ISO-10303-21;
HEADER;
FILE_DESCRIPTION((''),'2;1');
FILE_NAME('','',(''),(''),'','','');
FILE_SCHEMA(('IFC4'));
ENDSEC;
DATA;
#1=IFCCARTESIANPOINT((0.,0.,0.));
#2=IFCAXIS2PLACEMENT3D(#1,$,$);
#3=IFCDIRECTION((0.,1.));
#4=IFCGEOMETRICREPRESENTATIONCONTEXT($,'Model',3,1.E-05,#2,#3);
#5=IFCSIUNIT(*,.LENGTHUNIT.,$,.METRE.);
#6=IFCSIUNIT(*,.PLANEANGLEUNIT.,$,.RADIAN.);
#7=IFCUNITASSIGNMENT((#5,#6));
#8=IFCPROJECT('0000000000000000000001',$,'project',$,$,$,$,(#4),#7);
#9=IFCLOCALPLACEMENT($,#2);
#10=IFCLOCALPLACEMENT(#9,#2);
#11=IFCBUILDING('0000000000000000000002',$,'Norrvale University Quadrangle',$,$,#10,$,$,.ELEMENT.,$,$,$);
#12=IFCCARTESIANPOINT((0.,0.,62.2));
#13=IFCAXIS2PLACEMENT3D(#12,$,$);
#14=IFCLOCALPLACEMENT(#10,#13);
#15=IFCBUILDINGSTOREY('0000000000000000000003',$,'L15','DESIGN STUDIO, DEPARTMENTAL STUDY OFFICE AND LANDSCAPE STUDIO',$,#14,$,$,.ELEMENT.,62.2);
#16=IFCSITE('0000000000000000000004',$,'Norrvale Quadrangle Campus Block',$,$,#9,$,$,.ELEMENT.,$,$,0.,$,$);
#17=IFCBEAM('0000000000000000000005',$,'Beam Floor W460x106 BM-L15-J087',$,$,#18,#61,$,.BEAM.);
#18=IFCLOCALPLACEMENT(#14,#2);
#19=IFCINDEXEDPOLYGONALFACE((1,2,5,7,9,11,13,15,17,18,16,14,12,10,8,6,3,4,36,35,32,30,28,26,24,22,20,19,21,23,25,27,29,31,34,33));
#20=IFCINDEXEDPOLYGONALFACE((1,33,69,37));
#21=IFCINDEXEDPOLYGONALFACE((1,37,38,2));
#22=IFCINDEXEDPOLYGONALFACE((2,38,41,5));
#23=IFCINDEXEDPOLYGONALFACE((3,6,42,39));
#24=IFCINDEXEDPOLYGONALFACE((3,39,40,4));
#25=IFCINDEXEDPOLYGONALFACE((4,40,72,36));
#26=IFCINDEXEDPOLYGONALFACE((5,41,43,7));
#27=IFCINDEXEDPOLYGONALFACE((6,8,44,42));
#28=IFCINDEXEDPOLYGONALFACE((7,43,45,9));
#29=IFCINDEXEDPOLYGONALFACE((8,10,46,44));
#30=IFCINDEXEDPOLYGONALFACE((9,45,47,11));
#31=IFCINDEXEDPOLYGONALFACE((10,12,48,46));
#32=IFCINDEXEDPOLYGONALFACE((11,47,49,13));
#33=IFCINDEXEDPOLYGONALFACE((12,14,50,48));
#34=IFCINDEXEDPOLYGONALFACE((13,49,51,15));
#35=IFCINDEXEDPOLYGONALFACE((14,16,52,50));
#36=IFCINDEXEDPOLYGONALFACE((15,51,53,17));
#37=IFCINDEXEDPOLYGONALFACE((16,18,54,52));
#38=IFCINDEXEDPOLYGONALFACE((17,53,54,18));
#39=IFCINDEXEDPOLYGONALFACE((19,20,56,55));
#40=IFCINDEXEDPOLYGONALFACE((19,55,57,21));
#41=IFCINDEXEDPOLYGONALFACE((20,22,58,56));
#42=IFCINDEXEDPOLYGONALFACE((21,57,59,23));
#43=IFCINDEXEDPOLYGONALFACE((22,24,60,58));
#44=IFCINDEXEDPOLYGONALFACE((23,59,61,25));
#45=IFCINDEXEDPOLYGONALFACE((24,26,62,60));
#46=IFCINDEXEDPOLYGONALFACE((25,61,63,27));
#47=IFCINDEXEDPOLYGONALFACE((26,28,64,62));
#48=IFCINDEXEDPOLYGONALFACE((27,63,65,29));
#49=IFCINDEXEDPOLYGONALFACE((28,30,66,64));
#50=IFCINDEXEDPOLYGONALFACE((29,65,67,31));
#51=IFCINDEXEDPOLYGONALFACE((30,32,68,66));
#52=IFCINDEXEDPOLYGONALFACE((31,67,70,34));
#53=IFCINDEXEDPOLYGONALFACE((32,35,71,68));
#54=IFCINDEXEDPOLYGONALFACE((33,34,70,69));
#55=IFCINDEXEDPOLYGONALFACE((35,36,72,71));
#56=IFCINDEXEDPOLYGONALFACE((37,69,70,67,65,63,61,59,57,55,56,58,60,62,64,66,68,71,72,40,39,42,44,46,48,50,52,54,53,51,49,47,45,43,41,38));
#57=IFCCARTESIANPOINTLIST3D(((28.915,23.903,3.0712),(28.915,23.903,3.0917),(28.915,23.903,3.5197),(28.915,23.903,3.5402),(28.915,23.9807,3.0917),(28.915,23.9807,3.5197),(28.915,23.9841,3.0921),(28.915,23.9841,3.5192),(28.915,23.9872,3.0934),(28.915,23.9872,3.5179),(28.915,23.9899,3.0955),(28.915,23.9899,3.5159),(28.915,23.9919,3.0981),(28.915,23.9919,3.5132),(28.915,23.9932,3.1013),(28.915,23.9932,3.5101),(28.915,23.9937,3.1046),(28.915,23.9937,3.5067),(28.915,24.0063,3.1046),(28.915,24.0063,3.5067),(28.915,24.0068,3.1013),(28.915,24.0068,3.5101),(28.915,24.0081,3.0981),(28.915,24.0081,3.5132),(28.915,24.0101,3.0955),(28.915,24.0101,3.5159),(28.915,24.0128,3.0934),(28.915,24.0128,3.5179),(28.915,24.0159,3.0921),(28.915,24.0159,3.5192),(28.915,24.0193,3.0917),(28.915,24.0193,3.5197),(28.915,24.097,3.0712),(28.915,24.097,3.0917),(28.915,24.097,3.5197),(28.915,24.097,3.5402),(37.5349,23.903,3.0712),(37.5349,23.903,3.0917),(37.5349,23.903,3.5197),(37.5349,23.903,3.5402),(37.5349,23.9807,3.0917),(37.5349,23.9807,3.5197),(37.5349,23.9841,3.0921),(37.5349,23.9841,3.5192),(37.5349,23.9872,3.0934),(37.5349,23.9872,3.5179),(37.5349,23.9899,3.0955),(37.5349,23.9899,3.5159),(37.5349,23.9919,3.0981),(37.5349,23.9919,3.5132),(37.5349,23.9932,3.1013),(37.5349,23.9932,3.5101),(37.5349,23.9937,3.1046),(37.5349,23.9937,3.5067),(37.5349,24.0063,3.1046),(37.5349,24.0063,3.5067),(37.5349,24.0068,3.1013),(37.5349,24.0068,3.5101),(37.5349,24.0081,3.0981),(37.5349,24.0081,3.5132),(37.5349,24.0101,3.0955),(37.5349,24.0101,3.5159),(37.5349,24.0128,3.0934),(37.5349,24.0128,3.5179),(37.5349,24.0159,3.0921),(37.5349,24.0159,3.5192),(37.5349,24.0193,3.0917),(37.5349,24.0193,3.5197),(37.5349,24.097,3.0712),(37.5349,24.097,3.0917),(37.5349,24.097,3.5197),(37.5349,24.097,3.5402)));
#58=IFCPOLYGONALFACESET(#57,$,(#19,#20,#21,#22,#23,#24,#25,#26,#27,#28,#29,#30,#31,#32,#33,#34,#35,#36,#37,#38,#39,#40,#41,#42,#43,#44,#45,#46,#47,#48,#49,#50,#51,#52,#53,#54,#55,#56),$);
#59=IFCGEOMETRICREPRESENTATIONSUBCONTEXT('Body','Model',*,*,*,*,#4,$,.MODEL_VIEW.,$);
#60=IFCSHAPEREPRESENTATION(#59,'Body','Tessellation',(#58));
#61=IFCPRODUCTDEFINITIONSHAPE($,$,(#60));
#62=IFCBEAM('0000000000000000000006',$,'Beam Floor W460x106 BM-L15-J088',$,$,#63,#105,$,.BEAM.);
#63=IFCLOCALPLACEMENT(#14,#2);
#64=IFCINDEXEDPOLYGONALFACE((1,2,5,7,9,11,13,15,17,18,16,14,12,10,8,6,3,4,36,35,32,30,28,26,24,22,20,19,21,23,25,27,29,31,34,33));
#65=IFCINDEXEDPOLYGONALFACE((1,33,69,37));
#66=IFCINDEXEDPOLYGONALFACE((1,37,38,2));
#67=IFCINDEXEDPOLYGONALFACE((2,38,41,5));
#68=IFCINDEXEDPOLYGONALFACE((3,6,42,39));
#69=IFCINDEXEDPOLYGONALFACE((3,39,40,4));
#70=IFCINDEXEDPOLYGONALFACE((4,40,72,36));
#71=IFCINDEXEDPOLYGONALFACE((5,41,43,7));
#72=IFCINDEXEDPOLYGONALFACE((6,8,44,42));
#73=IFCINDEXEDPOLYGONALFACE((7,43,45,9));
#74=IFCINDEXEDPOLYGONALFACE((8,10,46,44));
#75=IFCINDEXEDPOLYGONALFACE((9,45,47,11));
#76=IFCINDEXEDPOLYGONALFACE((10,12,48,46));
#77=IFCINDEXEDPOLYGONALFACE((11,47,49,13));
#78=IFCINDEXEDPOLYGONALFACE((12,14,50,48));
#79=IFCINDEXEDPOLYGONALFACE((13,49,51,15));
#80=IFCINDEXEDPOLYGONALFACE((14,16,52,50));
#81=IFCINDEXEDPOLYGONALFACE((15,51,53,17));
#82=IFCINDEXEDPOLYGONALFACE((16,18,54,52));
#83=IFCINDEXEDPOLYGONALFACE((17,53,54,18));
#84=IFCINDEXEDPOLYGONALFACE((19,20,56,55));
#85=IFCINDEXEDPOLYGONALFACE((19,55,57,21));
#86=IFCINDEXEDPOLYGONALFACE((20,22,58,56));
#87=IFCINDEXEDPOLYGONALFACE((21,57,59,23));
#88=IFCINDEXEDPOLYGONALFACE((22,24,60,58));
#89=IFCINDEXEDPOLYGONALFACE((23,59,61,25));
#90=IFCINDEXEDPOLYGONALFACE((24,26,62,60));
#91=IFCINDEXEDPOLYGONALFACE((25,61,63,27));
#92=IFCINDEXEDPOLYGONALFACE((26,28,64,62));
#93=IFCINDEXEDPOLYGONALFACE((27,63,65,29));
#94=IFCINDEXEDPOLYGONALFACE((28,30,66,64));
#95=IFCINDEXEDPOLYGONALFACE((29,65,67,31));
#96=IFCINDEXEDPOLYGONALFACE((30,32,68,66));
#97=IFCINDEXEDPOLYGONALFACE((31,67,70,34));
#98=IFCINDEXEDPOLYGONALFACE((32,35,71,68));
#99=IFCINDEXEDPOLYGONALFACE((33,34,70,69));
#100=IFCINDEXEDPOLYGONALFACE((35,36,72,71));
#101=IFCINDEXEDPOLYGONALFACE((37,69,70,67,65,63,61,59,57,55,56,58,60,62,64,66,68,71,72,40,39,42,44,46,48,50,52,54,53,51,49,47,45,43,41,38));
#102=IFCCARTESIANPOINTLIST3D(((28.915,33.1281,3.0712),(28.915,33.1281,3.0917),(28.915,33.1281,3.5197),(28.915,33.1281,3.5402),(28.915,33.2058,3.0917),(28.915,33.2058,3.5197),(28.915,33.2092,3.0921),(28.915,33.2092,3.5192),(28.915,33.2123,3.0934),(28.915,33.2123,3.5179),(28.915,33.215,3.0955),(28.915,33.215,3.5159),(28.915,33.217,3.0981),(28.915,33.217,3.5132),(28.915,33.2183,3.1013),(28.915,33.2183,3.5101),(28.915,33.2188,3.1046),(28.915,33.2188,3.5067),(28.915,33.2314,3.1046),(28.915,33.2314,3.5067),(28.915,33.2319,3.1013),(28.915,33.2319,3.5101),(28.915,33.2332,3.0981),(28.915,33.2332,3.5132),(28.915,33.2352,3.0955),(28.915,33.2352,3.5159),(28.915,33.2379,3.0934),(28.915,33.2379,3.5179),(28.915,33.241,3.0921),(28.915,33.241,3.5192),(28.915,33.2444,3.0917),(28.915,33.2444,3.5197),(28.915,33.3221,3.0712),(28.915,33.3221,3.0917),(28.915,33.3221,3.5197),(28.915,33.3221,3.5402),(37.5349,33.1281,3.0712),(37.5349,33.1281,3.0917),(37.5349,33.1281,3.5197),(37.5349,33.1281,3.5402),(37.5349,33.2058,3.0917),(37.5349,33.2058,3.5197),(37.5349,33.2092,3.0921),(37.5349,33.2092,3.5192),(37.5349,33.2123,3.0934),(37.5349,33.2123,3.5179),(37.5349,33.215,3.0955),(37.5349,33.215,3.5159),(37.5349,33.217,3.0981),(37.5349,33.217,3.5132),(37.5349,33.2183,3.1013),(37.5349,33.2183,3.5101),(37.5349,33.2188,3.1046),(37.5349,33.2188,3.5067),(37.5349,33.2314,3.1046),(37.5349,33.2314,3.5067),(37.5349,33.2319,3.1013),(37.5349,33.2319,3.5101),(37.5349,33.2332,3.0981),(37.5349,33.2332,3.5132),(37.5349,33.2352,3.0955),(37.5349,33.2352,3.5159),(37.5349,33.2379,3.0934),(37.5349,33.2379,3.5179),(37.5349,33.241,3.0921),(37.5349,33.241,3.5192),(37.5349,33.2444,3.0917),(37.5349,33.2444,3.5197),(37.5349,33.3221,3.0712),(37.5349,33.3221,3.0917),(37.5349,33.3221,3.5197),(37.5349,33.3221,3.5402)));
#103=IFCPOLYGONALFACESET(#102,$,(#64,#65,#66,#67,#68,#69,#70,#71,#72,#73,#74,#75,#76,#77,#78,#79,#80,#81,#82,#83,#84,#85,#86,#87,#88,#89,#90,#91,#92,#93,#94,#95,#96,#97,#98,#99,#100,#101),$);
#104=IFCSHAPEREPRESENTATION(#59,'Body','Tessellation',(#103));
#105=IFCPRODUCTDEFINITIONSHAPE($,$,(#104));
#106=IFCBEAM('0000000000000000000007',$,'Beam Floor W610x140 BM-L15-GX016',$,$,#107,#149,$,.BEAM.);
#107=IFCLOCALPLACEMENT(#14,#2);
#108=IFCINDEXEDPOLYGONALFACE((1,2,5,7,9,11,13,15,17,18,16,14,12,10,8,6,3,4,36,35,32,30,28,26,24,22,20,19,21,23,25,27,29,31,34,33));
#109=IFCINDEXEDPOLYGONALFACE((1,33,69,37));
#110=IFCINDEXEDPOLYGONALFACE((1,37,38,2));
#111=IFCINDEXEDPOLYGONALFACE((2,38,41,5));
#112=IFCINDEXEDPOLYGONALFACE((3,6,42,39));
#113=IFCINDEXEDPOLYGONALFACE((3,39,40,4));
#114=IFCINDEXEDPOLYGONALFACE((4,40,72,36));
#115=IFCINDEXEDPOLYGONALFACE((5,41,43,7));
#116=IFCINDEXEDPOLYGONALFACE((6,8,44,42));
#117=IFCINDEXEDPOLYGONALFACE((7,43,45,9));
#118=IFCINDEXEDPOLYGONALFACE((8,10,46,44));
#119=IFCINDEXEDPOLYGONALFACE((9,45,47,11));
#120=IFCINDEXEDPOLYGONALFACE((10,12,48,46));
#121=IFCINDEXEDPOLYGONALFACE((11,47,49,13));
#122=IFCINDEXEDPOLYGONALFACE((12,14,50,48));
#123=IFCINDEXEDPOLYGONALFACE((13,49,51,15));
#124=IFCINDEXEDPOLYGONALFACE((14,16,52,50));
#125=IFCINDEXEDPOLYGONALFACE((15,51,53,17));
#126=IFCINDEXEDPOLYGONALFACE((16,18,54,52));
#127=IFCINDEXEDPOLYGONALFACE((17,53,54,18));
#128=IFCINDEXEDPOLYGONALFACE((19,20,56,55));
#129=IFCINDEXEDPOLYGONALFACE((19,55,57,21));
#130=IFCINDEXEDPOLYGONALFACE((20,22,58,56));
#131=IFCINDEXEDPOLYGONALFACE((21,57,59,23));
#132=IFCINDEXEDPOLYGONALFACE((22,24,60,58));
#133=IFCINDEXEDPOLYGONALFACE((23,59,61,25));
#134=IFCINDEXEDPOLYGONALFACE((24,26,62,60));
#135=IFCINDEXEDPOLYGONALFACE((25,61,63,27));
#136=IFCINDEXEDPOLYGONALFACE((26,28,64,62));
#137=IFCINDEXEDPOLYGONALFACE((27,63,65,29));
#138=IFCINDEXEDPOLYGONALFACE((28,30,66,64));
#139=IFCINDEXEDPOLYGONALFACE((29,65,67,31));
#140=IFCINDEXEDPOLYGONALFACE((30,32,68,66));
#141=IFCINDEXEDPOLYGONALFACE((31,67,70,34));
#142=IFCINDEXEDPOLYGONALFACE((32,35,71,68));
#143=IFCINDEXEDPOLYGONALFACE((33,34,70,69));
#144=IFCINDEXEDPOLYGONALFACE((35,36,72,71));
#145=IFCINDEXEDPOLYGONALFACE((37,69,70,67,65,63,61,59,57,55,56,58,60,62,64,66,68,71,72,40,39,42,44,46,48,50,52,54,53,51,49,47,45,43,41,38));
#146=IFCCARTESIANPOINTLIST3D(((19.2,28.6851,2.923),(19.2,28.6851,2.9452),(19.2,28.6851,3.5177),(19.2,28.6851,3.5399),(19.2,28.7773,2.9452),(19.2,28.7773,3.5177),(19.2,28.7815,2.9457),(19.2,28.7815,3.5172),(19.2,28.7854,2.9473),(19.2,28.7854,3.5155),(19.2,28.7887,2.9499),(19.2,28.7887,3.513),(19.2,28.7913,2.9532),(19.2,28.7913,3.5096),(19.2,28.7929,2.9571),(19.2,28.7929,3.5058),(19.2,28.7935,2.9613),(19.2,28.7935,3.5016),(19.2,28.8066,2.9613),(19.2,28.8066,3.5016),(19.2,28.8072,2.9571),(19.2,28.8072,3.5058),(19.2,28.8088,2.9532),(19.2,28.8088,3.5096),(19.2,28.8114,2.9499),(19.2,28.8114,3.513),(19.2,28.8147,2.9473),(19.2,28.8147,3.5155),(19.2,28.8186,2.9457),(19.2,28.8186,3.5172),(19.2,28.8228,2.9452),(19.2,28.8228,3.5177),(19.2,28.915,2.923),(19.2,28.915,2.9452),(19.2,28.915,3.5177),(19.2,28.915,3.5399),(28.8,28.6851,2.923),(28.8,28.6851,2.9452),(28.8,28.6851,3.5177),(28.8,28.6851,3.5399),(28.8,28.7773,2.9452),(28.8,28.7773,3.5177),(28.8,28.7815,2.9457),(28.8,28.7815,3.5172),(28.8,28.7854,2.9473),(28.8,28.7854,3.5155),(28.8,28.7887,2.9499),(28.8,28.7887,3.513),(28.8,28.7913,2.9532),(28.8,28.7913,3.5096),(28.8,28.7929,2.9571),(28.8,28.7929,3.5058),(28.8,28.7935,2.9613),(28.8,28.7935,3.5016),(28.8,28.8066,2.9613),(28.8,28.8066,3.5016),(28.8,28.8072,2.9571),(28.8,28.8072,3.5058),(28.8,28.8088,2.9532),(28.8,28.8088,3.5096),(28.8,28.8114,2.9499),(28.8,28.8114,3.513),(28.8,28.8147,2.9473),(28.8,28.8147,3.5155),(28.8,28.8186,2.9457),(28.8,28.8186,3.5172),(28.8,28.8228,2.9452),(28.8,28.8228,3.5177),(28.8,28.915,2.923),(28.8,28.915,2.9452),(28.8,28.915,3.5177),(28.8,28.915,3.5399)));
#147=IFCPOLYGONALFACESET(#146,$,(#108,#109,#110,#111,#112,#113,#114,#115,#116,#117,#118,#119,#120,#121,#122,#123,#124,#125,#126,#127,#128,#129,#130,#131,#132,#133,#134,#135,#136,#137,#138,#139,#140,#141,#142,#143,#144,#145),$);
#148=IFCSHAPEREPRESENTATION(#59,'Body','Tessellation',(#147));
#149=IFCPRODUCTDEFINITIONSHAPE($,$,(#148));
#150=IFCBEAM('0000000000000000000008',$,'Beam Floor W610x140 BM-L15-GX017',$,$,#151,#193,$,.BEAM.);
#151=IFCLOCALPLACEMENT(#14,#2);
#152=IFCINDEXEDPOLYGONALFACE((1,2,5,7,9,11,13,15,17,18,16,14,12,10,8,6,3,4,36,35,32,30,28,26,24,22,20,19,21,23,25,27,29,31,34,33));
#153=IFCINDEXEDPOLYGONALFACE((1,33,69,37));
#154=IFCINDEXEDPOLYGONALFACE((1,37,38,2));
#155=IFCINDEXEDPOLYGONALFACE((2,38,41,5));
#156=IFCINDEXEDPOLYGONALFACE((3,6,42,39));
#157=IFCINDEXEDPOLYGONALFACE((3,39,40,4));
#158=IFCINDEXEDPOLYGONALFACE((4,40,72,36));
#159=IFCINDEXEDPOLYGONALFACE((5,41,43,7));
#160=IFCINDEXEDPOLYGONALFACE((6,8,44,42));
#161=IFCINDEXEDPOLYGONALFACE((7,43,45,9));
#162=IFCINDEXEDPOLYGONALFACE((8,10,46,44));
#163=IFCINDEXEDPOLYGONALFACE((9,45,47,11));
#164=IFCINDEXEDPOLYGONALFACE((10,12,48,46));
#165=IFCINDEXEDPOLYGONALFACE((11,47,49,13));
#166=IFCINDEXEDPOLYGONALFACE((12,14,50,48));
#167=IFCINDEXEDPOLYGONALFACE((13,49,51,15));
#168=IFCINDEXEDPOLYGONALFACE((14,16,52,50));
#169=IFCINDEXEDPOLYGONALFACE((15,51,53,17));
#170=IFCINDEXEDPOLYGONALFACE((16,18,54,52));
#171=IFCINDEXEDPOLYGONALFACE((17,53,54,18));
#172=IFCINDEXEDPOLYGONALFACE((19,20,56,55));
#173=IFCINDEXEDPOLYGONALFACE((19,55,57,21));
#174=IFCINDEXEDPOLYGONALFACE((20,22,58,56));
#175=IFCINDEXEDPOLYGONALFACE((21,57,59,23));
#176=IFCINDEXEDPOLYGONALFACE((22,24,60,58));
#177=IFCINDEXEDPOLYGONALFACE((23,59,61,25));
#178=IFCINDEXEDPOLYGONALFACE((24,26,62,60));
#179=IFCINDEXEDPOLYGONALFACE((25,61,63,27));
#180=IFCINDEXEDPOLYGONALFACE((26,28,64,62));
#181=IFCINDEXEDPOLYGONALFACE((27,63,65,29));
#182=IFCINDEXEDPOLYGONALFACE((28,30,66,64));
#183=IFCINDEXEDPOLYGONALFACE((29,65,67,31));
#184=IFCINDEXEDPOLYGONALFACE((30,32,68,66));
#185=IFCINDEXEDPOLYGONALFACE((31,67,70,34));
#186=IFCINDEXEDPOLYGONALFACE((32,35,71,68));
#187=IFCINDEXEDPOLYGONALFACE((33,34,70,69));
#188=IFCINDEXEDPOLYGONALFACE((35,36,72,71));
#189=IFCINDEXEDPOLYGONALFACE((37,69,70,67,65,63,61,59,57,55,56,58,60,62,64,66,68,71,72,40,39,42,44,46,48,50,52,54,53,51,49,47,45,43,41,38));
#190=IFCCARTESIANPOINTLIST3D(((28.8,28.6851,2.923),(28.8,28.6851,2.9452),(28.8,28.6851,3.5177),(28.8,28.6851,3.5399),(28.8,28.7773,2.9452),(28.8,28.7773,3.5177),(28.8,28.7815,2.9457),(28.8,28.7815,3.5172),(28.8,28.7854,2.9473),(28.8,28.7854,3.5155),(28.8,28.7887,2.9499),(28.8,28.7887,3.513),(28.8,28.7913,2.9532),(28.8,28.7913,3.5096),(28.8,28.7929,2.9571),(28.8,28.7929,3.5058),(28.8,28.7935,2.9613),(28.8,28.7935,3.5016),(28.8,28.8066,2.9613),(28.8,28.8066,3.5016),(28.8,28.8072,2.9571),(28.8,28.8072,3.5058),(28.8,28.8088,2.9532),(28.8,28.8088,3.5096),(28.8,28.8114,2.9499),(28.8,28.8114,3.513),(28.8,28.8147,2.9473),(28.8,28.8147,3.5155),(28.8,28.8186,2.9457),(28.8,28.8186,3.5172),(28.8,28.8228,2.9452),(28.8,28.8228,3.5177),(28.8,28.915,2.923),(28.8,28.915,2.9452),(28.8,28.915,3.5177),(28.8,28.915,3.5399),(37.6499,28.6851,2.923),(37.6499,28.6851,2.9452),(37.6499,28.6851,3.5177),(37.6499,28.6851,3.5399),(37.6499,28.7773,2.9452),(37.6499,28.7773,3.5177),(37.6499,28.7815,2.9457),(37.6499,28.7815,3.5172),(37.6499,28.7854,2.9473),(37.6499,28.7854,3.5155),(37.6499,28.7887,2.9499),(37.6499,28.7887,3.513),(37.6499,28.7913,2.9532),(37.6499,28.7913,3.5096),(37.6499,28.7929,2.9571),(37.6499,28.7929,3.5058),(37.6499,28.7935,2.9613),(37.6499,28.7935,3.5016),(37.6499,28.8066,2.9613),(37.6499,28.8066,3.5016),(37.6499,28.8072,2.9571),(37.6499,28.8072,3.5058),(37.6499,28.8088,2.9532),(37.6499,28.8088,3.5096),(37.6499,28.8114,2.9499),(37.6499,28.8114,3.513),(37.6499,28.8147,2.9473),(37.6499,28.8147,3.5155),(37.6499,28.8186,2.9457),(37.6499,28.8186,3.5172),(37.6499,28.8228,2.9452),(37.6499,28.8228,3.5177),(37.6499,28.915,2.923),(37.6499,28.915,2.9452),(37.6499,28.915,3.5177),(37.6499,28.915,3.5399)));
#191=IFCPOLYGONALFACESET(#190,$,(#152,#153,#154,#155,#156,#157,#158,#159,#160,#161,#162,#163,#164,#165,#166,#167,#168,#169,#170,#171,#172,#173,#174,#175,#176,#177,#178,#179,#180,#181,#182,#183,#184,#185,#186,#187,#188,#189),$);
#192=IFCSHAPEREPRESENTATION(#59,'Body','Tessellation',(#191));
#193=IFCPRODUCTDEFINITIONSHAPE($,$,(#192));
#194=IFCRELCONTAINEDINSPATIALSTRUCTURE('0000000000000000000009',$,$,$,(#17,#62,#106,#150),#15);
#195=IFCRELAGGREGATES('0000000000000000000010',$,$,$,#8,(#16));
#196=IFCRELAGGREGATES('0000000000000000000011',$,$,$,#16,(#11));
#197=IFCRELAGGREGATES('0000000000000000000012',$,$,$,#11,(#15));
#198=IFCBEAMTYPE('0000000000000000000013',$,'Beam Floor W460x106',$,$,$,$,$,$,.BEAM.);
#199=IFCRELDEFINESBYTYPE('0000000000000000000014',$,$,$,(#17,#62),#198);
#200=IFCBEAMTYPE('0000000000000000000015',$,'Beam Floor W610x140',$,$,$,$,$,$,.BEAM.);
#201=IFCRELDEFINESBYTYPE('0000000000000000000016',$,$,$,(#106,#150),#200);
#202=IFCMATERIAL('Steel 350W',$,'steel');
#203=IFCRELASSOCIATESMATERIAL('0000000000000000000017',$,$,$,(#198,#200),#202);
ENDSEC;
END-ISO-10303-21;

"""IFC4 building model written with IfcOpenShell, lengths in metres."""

from ifc_helpers import new_model, si_unit, direction, frame, origin, origin_2d, place, context, subcontext, project, spatial, i_section, extrude, material, material_profile, profile_set, type_object, element, save


model = new_model("IFC4")

# Units and contexts
model_context = context("Model", 3, precision=1e-05, world=origin(), true_north=direction((0.0, 1.0)))
body_context = subcontext(model_context, "Body", "Model", "MODEL_VIEW")
ifc_project = project(units=[si_unit("LENGTHUNIT", "METRE"), si_unit("PLANEANGLEUNIT", "RADIAN")], contexts=[model_context])

# Site, building, storey
site_placement = place(None, origin())
site = spatial("IfcSite", under=ifc_project, at=site_placement, Name="Norrvale Quadrangle Campus Block", CompositionType="ELEMENT", RefElevation=0.0)
building_placement = place(site_placement, origin())
building = spatial("IfcBuilding", under=site, at=building_placement, Name="Norrvale University Quadrangle", CompositionType="ELEMENT")
storey_placement = place(building_placement, frame((0.0, 0.0, 62.2)))
storey = spatial("IfcBuildingStorey", under=building, at=storey_placement, Name="L15", Description="DESIGN STUDIO, DEPARTMENTAL STUDY OFFICE AND LANDSCAPE STUDIO", CompositionType="ELEMENT", Elevation=62.2)

# Beams
ifc_material_1 = material(Name="Steel 350W", Category="steel")
ifc_material_profile_1 = material_profile(ifc_material_1, i_section(OverallWidth=0.1941, OverallDepth=0.469, WebThickness=0.0127, FlangeThickness=0.0205, FilletRadius=0.0129, at=origin_2d()), Name="Steel 350W")
ifc_profile_set_1 = profile_set([ifc_material_profile_1], Name="Steel 350W")
beam_type_1 = type_object("IfcBeamType", Name="Beam Floor W460x106", PredefinedType="BEAM", material=ifc_profile_set_1)
for number, where, z_axis, x_axis, name in (
    (1, (28.915, 24.0, 3.3057), (1.0, 0.0, 0.0), (0.0, 1.0, 0.0), "Beam Floor W460x106 BM-L15-J087"),
    (2, (28.915, 33.2251, 3.3057), (1.0, 0.0, 0.0), (0.0, 1.0, 0.0), "Beam Floor W460x106 BM-L15-J088"),
):
    element("IfcBeam", number, at=place(storey_placement, frame(where, z_axis=z_axis, x_axis=x_axis)), inside=storey, type_object=beam_type_1, Name=name, PredefinedType="BEAM", context=body_context, shape_type="SweptSolid", body=[
        extrude(i_section(OverallWidth=0.1941, OverallDepth=0.469, WebThickness=0.0127, FlangeThickness=0.0205, FilletRadius=0.0129, at=origin_2d()), origin(), (0.0, 0.0, 1.0), 8.6199),
    ])
ifc_material_profile_2 = material_profile(ifc_material_1, i_section(OverallWidth=0.23, OverallDepth=0.6169, WebThickness=0.0132, FlangeThickness=0.0222, FilletRadius=0.0161, at=origin_2d()), Name="Steel 350W")
ifc_profile_set_2 = profile_set([ifc_material_profile_2], Name="Steel 350W")
beam_type_2 = type_object("IfcBeamType", Name="Beam Floor W610x140", PredefinedType="BEAM", material=ifc_profile_set_2)
beam_1_placement = place(storey_placement, frame((19.2, 28.8, 3.2314), z_axis=(1.0, 0.0, 0.0), x_axis=(0.0, 1.0, 0.0)))
element("IfcBeam", 3, at=beam_1_placement, inside=storey, type_object=beam_type_2, Name="Beam Floor W610x140 BM-L15-GX016", PredefinedType="BEAM", context=body_context, shape_type="SweptSolid", body=[
    extrude(i_section(OverallWidth=0.23, OverallDepth=0.6169, WebThickness=0.0132, FlangeThickness=0.0222, FilletRadius=0.0161, at=origin_2d()), origin(), (0.0, 0.0, 1.0), 9.6001),
])
beam_2_placement = place(storey_placement, frame((28.8, 28.8, 3.2314), z_axis=(1.0, 0.0, 0.0), x_axis=(0.0, 1.0, 0.0)))
element("IfcBeam", 4, at=beam_2_placement, inside=storey, type_object=beam_type_2, Name="Beam Floor W610x140 BM-L15-GX017", PredefinedType="BEAM", context=body_context, shape_type="SweptSolid", body=[
    extrude(i_section(OverallWidth=0.23, OverallDepth=0.6169, WebThickness=0.0132, FlangeThickness=0.0222, FilletRadius=0.0161, at=origin_2d()), origin(), (0.0, 0.0, 1.0), 8.8499),
])

save(model, "model.ifc")
